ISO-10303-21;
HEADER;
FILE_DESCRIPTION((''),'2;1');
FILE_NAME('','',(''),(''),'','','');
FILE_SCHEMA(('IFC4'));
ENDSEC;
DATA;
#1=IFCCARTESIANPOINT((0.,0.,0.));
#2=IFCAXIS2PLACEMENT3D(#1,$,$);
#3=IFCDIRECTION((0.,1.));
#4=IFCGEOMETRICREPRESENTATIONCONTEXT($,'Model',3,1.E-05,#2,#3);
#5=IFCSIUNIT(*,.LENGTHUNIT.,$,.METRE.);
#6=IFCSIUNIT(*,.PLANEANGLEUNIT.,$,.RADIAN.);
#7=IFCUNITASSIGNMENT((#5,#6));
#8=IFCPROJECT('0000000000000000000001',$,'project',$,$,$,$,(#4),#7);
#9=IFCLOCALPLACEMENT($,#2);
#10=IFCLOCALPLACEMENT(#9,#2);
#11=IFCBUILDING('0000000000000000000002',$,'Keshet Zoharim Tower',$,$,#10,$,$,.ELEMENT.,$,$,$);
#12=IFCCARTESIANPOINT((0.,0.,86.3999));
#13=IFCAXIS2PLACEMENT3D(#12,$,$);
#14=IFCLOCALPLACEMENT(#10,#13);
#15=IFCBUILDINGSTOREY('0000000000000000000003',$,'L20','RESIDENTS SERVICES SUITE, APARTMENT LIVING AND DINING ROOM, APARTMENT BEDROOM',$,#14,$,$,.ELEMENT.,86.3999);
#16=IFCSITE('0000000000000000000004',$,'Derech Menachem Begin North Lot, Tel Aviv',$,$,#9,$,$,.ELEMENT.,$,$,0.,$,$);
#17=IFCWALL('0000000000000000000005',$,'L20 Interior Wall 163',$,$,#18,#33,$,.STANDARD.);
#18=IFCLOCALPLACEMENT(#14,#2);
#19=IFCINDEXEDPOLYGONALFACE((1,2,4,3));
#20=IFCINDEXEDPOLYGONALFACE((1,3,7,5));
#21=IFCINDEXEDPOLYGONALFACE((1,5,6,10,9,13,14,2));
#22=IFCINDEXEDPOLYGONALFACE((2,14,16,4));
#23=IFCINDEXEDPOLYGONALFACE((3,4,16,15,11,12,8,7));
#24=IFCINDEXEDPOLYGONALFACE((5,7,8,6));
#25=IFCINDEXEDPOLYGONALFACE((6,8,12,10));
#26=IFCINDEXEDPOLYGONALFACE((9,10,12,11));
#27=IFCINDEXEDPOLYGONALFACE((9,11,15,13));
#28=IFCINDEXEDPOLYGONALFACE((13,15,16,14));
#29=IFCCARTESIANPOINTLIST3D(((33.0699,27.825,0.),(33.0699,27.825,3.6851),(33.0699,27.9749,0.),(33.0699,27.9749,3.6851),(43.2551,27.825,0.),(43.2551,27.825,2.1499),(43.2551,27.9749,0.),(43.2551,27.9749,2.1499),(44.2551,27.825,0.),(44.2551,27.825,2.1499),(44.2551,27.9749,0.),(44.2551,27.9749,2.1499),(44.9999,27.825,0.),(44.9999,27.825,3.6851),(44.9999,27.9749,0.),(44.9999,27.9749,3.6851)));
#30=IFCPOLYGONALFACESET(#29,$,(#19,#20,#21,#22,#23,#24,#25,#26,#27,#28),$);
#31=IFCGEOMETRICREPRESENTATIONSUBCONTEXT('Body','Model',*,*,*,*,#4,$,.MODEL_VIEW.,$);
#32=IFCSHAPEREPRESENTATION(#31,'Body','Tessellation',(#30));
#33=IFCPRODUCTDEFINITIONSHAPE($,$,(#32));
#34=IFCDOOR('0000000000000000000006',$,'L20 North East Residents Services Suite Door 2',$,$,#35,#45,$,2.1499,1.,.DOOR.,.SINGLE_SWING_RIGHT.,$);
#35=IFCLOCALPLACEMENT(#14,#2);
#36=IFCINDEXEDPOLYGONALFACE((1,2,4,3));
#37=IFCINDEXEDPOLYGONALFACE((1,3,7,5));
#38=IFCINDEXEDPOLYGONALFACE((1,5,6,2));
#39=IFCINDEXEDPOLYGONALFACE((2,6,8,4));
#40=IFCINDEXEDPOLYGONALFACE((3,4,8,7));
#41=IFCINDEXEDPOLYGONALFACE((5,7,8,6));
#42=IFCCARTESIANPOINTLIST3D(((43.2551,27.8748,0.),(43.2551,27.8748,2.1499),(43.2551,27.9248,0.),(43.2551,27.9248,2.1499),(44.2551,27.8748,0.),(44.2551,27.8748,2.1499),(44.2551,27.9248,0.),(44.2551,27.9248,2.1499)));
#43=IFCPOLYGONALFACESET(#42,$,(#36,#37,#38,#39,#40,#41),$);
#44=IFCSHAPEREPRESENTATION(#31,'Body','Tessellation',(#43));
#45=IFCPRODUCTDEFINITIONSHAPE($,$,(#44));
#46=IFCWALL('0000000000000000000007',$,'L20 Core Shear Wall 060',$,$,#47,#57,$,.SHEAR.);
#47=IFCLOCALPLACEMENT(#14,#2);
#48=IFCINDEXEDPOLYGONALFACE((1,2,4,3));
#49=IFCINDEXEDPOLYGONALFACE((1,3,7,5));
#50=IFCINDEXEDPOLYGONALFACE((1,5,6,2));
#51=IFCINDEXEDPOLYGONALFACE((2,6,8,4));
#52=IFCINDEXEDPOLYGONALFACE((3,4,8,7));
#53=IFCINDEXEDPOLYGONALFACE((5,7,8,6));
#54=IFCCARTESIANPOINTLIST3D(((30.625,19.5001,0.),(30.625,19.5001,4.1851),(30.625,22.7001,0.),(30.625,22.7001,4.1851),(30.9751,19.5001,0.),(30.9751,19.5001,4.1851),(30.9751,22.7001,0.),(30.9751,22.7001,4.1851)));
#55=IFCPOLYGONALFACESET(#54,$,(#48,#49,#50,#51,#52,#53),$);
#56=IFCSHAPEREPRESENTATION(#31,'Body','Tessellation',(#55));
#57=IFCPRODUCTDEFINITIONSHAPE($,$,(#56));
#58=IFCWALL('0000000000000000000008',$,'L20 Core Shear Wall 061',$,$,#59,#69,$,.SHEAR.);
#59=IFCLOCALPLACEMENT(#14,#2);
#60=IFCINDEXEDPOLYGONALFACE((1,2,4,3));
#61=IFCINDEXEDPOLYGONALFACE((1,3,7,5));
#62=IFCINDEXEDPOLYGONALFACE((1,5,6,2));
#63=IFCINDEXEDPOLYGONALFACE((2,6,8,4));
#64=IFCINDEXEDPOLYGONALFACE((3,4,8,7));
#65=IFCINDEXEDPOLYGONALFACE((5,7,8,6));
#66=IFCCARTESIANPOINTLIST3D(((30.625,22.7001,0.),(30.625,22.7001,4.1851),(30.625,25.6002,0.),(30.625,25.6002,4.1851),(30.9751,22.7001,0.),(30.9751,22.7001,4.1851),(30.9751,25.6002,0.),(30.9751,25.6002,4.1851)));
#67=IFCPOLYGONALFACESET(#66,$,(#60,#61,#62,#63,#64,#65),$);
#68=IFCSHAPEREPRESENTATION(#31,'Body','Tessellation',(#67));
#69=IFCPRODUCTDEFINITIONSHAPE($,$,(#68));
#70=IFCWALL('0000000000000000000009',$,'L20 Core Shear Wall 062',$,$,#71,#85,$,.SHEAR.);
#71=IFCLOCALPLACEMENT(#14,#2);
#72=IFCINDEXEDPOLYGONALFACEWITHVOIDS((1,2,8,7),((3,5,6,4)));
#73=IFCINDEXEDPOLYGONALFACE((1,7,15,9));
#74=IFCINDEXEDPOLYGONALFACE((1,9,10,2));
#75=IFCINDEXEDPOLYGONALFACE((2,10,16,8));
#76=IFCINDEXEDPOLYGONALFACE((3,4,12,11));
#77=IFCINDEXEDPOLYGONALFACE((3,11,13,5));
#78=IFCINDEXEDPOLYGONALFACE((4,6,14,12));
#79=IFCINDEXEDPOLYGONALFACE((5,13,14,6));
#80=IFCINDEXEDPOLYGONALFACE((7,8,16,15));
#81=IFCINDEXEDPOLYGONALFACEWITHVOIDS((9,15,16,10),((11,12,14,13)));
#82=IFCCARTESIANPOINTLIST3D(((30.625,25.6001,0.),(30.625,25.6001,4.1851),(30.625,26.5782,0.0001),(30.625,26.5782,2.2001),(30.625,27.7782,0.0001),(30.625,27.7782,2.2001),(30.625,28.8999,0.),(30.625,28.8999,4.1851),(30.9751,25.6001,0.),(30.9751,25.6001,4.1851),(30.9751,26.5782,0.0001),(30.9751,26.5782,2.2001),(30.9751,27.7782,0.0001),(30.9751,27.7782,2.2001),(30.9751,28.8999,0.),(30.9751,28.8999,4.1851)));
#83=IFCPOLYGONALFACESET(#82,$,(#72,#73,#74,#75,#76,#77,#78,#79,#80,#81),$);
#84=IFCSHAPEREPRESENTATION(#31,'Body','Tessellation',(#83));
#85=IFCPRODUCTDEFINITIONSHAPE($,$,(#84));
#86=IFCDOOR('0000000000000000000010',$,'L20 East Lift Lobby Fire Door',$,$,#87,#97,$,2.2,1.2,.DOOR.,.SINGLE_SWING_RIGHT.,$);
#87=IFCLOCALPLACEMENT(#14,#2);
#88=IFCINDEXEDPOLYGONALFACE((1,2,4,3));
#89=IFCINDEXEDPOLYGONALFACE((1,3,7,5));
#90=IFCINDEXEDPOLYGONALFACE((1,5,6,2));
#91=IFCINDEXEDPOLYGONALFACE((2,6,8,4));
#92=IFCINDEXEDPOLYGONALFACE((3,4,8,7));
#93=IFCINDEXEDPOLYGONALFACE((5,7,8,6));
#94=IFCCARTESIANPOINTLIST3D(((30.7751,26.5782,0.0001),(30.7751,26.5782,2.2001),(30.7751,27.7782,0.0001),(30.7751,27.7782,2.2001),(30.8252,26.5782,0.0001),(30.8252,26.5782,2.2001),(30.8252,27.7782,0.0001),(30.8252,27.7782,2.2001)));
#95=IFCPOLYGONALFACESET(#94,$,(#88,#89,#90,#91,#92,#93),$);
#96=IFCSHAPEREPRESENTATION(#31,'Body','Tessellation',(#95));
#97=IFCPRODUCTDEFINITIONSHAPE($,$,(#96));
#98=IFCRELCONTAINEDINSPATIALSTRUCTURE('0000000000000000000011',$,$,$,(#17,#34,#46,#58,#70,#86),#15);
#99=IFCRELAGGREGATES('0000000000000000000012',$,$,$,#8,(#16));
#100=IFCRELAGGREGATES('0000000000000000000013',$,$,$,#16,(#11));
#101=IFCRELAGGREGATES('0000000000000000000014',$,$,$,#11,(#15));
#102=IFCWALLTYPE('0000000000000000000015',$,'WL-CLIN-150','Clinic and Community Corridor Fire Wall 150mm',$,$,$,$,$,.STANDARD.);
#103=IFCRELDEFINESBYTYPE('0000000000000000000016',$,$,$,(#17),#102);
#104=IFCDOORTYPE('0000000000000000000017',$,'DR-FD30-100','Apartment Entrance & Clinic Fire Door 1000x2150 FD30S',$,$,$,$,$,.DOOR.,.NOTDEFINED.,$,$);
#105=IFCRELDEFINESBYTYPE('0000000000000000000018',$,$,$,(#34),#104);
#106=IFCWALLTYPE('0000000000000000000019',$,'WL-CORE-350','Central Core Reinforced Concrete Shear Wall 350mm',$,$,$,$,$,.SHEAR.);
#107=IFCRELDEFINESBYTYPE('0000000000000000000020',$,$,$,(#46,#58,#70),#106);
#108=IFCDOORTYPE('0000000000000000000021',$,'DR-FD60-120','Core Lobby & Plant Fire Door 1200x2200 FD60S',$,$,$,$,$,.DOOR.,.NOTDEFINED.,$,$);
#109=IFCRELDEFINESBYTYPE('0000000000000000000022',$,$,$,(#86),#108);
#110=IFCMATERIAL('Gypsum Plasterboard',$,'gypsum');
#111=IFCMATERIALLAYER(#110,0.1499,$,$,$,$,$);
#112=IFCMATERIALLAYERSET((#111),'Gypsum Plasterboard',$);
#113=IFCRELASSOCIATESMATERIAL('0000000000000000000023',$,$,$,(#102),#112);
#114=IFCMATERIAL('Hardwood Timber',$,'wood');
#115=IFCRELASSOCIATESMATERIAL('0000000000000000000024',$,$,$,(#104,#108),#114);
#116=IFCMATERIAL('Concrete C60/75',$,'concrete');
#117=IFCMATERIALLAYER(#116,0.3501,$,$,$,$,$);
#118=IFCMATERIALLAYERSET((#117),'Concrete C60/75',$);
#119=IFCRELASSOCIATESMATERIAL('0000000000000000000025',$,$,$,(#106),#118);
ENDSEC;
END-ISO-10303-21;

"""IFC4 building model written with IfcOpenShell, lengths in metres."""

from ifc_helpers import new_model, si_unit, direction, frame, frame_2d, origin, place, context, subcontext, project, spatial, rectangle, extrude, material, layer, layer_set, type_object, element, fill, save


model = new_model("IFC4")

# Units and contexts
model_context = context("Model", 3, precision=1e-05, world=origin(), true_north=direction((0.0, 1.0)))
body_context = subcontext(model_context, "Body", "Model", "MODEL_VIEW")
ifc_project = project(units=[si_unit("LENGTHUNIT", "METRE"), si_unit("PLANEANGLEUNIT", "RADIAN")], contexts=[model_context])

# Site, building, storey
site_placement = place(None, origin())
site = spatial("IfcSite", under=ifc_project, at=site_placement, Name="Derech Menachem Begin North Lot, Tel Aviv", CompositionType="ELEMENT", RefElevation=0.0)
building_placement = place(site_placement, origin())
building = spatial("IfcBuilding", under=site, at=building_placement, Name="Keshet Zoharim Tower", CompositionType="ELEMENT")
storey_placement = place(building_placement, frame((0.0, 0.0, 86.3999)))
storey = spatial("IfcBuildingStorey", under=building, at=storey_placement, Name="L20", Description="RESIDENTS SERVICES SUITE, APARTMENT LIVING AND DINING ROOM, APARTMENT BEDROOM", CompositionType="ELEMENT", Elevation=86.3999)

# Shared definitions
ifc_material_1 = material(Name="Concrete C60/75", Category="concrete")

# Shared definitions
ifc_material_2 = material(Name="Gypsum Plasterboard", Category="gypsum")
ifc_layer_1 = layer(ifc_material_2, 0.1499)
ifc_layer_set_1 = layer_set([ifc_layer_1], Name="Gypsum Plasterboard")
wall_type_1 = type_object("IfcWallType", Name="WL-CLIN-150", Description="Clinic and Community Corridor Fire Wall 150mm", PredefinedType="STANDARD", material=ifc_layer_set_1)

# Wall, opening, door
wall_1_placement = place(storey_placement, frame((33.0701, 27.8999, 0.0), z_axis=(0.0, 0.0, 1.0), x_axis=(1.0, 0.0, 0.0)))
wall_1 = element("IfcWall", 1, at=wall_1_placement, inside=storey, type_object=wall_type_1, Name="L20 Interior Wall 163", PredefinedType="STANDARD", context=body_context, shape_type="SweptSolid", body=[
    extrude(rectangle(XDim=11.9299, YDim=0.1499, at=frame_2d((5.9648, 0.0))), origin(), (0.0, 0.0, 1.0), 3.6851),
])
opening_1_placement = place(wall_1_placement, frame((10.1851, 0.0, 0.0)))
opening_1 = element("IfcOpeningElement", 2, at=opening_1_placement, cuts=wall_1, PredefinedType="OPENING", context=body_context, shape_type="SweptSolid", body=[
    extrude(rectangle(XDim=1.0, YDim=2.1499, at=frame_2d((0.5, 1.075))), frame((0.0, 0.085, 0.0), z_axis=(0.0, -1.0, 0.0), x_axis=(1.0, 0.0, 0.0)), (0.0, 0.0, 1.0), 0.1699),
])
ifc_material_3 = material(Name="Hardwood Timber", Category="wood")
door_type_1 = type_object("IfcDoorType", Name="DR-FD30-100", Description="Apartment Entrance & Clinic Fire Door 1000x2150 FD30S", OperationType="NOTDEFINED", PredefinedType="DOOR", material=ifc_material_3)
door_1_placement = place(opening_1_placement, origin())
door_1 = element("IfcDoor", 3, at=door_1_placement, inside=storey, type_object=door_type_1, Name="L20 North East Residents Services Suite Door 2", OperationType="SINGLE_SWING_RIGHT", OverallHeight=2.1499, OverallWidth=1.0, PredefinedType="DOOR", context=body_context, shape_type="SweptSolid", body=[
    extrude(rectangle(XDim=1.0, YDim=2.1499, at=frame_2d((0.5, 1.075))), frame((0.0, 0.0249, 0.0), z_axis=(0.0, -1.0, 0.0), x_axis=(1.0, 0.0, 0.0)), (0.0, 0.0, 1.0), 0.05),
])
fill(opening_1, door_1)

# Walls
ifc_layer_2 = layer(ifc_material_1, 0.3501)
ifc_layer_set_2 = layer_set([ifc_layer_2], Name="Concrete C60/75")
wall_type_2 = type_object("IfcWallType", Name="WL-CORE-350", Description="Central Core Reinforced Concrete Shear Wall 350mm", PredefinedType="SHEAR", material=ifc_layer_set_2)
wall_2_placement = place(storey_placement, frame((30.8, 19.5, 0.0), z_axis=(0.0, 0.0, 1.0), x_axis=(0.0, 1.0, 0.0)))
element("IfcWall", 4, at=wall_2_placement, inside=storey, type_object=wall_type_2, Name="L20 Core Shear Wall 060", PredefinedType="SHEAR", context=body_context, shape_type="SweptSolid", body=[
    extrude(rectangle(XDim=3.2, YDim=0.3501, at=frame_2d((1.6001, 0.0))), origin(), (0.0, 0.0, 1.0), 4.1851),
])
wall_3_placement = place(storey_placement, frame((30.8, 22.7, 0.0), z_axis=(0.0, 0.0, 1.0), x_axis=(0.0, 1.0, 0.0)))
element("IfcWall", 5, at=wall_3_placement, inside=storey, type_object=wall_type_2, Name="L20 Core Shear Wall 061", PredefinedType="SHEAR", context=body_context, shape_type="SweptSolid", body=[
    extrude(rectangle(XDim=2.9001, YDim=0.3501, at=frame_2d((1.4502, 0.0))), origin(), (0.0, 0.0, 1.0), 4.1851),
])

# Wall, opening, door
wall_4_placement = place(storey_placement, frame((30.8, 25.6001, 0.0), z_axis=(0.0, 0.0, 1.0), x_axis=(0.0, 1.0, 0.0)))
wall_4 = element("IfcWall", 6, at=wall_4_placement, inside=storey, type_object=wall_type_2, Name="L20 Core Shear Wall 062", PredefinedType="SHEAR", context=body_context, shape_type="SweptSolid", body=[
    extrude(rectangle(XDim=3.2998, YDim=0.3501, at=frame_2d((1.6499, 0.0))), origin(), (0.0, 0.0, 1.0), 4.1851),
])
opening_2_placement = place(wall_4_placement, frame((0.978, 0.0, 0.0)))
opening_2 = element("IfcOpeningElement", 7, at=opening_2_placement, cuts=wall_4, PredefinedType="OPENING", context=body_context, shape_type="SweptSolid", body=[
    extrude(rectangle(XDim=1.2, YDim=2.2, at=frame_2d((0.6001, 1.1001))), frame((0.0, 0.1851, 0.0), z_axis=(0.0, -1.0, 0.0), x_axis=(1.0, 0.0, 0.0)), (0.0, 0.0, 1.0), 0.3701),
])
door_type_2 = type_object("IfcDoorType", Name="DR-FD60-120", Description="Core Lobby & Plant Fire Door 1200x2200 FD60S", OperationType="NOTDEFINED", PredefinedType="DOOR", material=ifc_material_3)
door_2_placement = place(opening_2_placement, origin())
door_2 = element("IfcDoor", 8, at=door_2_placement, inside=storey, type_object=door_type_2, Name="L20 East Lift Lobby Fire Door", OperationType="SINGLE_SWING_RIGHT", OverallHeight=2.2, OverallWidth=1.2, PredefinedType="DOOR", context=body_context, shape_type="SweptSolid", body=[
    extrude(rectangle(XDim=1.2, YDim=2.2, at=frame_2d((0.6001, 1.1001))), frame((0.0, 0.0249, 0.0), z_axis=(0.0, -1.0, 0.0), x_axis=(1.0, 0.0, 0.0)), (0.0, 0.0, 1.0), 0.05),
])
fill(opening_2, door_2)

save(model, "model.ifc")
